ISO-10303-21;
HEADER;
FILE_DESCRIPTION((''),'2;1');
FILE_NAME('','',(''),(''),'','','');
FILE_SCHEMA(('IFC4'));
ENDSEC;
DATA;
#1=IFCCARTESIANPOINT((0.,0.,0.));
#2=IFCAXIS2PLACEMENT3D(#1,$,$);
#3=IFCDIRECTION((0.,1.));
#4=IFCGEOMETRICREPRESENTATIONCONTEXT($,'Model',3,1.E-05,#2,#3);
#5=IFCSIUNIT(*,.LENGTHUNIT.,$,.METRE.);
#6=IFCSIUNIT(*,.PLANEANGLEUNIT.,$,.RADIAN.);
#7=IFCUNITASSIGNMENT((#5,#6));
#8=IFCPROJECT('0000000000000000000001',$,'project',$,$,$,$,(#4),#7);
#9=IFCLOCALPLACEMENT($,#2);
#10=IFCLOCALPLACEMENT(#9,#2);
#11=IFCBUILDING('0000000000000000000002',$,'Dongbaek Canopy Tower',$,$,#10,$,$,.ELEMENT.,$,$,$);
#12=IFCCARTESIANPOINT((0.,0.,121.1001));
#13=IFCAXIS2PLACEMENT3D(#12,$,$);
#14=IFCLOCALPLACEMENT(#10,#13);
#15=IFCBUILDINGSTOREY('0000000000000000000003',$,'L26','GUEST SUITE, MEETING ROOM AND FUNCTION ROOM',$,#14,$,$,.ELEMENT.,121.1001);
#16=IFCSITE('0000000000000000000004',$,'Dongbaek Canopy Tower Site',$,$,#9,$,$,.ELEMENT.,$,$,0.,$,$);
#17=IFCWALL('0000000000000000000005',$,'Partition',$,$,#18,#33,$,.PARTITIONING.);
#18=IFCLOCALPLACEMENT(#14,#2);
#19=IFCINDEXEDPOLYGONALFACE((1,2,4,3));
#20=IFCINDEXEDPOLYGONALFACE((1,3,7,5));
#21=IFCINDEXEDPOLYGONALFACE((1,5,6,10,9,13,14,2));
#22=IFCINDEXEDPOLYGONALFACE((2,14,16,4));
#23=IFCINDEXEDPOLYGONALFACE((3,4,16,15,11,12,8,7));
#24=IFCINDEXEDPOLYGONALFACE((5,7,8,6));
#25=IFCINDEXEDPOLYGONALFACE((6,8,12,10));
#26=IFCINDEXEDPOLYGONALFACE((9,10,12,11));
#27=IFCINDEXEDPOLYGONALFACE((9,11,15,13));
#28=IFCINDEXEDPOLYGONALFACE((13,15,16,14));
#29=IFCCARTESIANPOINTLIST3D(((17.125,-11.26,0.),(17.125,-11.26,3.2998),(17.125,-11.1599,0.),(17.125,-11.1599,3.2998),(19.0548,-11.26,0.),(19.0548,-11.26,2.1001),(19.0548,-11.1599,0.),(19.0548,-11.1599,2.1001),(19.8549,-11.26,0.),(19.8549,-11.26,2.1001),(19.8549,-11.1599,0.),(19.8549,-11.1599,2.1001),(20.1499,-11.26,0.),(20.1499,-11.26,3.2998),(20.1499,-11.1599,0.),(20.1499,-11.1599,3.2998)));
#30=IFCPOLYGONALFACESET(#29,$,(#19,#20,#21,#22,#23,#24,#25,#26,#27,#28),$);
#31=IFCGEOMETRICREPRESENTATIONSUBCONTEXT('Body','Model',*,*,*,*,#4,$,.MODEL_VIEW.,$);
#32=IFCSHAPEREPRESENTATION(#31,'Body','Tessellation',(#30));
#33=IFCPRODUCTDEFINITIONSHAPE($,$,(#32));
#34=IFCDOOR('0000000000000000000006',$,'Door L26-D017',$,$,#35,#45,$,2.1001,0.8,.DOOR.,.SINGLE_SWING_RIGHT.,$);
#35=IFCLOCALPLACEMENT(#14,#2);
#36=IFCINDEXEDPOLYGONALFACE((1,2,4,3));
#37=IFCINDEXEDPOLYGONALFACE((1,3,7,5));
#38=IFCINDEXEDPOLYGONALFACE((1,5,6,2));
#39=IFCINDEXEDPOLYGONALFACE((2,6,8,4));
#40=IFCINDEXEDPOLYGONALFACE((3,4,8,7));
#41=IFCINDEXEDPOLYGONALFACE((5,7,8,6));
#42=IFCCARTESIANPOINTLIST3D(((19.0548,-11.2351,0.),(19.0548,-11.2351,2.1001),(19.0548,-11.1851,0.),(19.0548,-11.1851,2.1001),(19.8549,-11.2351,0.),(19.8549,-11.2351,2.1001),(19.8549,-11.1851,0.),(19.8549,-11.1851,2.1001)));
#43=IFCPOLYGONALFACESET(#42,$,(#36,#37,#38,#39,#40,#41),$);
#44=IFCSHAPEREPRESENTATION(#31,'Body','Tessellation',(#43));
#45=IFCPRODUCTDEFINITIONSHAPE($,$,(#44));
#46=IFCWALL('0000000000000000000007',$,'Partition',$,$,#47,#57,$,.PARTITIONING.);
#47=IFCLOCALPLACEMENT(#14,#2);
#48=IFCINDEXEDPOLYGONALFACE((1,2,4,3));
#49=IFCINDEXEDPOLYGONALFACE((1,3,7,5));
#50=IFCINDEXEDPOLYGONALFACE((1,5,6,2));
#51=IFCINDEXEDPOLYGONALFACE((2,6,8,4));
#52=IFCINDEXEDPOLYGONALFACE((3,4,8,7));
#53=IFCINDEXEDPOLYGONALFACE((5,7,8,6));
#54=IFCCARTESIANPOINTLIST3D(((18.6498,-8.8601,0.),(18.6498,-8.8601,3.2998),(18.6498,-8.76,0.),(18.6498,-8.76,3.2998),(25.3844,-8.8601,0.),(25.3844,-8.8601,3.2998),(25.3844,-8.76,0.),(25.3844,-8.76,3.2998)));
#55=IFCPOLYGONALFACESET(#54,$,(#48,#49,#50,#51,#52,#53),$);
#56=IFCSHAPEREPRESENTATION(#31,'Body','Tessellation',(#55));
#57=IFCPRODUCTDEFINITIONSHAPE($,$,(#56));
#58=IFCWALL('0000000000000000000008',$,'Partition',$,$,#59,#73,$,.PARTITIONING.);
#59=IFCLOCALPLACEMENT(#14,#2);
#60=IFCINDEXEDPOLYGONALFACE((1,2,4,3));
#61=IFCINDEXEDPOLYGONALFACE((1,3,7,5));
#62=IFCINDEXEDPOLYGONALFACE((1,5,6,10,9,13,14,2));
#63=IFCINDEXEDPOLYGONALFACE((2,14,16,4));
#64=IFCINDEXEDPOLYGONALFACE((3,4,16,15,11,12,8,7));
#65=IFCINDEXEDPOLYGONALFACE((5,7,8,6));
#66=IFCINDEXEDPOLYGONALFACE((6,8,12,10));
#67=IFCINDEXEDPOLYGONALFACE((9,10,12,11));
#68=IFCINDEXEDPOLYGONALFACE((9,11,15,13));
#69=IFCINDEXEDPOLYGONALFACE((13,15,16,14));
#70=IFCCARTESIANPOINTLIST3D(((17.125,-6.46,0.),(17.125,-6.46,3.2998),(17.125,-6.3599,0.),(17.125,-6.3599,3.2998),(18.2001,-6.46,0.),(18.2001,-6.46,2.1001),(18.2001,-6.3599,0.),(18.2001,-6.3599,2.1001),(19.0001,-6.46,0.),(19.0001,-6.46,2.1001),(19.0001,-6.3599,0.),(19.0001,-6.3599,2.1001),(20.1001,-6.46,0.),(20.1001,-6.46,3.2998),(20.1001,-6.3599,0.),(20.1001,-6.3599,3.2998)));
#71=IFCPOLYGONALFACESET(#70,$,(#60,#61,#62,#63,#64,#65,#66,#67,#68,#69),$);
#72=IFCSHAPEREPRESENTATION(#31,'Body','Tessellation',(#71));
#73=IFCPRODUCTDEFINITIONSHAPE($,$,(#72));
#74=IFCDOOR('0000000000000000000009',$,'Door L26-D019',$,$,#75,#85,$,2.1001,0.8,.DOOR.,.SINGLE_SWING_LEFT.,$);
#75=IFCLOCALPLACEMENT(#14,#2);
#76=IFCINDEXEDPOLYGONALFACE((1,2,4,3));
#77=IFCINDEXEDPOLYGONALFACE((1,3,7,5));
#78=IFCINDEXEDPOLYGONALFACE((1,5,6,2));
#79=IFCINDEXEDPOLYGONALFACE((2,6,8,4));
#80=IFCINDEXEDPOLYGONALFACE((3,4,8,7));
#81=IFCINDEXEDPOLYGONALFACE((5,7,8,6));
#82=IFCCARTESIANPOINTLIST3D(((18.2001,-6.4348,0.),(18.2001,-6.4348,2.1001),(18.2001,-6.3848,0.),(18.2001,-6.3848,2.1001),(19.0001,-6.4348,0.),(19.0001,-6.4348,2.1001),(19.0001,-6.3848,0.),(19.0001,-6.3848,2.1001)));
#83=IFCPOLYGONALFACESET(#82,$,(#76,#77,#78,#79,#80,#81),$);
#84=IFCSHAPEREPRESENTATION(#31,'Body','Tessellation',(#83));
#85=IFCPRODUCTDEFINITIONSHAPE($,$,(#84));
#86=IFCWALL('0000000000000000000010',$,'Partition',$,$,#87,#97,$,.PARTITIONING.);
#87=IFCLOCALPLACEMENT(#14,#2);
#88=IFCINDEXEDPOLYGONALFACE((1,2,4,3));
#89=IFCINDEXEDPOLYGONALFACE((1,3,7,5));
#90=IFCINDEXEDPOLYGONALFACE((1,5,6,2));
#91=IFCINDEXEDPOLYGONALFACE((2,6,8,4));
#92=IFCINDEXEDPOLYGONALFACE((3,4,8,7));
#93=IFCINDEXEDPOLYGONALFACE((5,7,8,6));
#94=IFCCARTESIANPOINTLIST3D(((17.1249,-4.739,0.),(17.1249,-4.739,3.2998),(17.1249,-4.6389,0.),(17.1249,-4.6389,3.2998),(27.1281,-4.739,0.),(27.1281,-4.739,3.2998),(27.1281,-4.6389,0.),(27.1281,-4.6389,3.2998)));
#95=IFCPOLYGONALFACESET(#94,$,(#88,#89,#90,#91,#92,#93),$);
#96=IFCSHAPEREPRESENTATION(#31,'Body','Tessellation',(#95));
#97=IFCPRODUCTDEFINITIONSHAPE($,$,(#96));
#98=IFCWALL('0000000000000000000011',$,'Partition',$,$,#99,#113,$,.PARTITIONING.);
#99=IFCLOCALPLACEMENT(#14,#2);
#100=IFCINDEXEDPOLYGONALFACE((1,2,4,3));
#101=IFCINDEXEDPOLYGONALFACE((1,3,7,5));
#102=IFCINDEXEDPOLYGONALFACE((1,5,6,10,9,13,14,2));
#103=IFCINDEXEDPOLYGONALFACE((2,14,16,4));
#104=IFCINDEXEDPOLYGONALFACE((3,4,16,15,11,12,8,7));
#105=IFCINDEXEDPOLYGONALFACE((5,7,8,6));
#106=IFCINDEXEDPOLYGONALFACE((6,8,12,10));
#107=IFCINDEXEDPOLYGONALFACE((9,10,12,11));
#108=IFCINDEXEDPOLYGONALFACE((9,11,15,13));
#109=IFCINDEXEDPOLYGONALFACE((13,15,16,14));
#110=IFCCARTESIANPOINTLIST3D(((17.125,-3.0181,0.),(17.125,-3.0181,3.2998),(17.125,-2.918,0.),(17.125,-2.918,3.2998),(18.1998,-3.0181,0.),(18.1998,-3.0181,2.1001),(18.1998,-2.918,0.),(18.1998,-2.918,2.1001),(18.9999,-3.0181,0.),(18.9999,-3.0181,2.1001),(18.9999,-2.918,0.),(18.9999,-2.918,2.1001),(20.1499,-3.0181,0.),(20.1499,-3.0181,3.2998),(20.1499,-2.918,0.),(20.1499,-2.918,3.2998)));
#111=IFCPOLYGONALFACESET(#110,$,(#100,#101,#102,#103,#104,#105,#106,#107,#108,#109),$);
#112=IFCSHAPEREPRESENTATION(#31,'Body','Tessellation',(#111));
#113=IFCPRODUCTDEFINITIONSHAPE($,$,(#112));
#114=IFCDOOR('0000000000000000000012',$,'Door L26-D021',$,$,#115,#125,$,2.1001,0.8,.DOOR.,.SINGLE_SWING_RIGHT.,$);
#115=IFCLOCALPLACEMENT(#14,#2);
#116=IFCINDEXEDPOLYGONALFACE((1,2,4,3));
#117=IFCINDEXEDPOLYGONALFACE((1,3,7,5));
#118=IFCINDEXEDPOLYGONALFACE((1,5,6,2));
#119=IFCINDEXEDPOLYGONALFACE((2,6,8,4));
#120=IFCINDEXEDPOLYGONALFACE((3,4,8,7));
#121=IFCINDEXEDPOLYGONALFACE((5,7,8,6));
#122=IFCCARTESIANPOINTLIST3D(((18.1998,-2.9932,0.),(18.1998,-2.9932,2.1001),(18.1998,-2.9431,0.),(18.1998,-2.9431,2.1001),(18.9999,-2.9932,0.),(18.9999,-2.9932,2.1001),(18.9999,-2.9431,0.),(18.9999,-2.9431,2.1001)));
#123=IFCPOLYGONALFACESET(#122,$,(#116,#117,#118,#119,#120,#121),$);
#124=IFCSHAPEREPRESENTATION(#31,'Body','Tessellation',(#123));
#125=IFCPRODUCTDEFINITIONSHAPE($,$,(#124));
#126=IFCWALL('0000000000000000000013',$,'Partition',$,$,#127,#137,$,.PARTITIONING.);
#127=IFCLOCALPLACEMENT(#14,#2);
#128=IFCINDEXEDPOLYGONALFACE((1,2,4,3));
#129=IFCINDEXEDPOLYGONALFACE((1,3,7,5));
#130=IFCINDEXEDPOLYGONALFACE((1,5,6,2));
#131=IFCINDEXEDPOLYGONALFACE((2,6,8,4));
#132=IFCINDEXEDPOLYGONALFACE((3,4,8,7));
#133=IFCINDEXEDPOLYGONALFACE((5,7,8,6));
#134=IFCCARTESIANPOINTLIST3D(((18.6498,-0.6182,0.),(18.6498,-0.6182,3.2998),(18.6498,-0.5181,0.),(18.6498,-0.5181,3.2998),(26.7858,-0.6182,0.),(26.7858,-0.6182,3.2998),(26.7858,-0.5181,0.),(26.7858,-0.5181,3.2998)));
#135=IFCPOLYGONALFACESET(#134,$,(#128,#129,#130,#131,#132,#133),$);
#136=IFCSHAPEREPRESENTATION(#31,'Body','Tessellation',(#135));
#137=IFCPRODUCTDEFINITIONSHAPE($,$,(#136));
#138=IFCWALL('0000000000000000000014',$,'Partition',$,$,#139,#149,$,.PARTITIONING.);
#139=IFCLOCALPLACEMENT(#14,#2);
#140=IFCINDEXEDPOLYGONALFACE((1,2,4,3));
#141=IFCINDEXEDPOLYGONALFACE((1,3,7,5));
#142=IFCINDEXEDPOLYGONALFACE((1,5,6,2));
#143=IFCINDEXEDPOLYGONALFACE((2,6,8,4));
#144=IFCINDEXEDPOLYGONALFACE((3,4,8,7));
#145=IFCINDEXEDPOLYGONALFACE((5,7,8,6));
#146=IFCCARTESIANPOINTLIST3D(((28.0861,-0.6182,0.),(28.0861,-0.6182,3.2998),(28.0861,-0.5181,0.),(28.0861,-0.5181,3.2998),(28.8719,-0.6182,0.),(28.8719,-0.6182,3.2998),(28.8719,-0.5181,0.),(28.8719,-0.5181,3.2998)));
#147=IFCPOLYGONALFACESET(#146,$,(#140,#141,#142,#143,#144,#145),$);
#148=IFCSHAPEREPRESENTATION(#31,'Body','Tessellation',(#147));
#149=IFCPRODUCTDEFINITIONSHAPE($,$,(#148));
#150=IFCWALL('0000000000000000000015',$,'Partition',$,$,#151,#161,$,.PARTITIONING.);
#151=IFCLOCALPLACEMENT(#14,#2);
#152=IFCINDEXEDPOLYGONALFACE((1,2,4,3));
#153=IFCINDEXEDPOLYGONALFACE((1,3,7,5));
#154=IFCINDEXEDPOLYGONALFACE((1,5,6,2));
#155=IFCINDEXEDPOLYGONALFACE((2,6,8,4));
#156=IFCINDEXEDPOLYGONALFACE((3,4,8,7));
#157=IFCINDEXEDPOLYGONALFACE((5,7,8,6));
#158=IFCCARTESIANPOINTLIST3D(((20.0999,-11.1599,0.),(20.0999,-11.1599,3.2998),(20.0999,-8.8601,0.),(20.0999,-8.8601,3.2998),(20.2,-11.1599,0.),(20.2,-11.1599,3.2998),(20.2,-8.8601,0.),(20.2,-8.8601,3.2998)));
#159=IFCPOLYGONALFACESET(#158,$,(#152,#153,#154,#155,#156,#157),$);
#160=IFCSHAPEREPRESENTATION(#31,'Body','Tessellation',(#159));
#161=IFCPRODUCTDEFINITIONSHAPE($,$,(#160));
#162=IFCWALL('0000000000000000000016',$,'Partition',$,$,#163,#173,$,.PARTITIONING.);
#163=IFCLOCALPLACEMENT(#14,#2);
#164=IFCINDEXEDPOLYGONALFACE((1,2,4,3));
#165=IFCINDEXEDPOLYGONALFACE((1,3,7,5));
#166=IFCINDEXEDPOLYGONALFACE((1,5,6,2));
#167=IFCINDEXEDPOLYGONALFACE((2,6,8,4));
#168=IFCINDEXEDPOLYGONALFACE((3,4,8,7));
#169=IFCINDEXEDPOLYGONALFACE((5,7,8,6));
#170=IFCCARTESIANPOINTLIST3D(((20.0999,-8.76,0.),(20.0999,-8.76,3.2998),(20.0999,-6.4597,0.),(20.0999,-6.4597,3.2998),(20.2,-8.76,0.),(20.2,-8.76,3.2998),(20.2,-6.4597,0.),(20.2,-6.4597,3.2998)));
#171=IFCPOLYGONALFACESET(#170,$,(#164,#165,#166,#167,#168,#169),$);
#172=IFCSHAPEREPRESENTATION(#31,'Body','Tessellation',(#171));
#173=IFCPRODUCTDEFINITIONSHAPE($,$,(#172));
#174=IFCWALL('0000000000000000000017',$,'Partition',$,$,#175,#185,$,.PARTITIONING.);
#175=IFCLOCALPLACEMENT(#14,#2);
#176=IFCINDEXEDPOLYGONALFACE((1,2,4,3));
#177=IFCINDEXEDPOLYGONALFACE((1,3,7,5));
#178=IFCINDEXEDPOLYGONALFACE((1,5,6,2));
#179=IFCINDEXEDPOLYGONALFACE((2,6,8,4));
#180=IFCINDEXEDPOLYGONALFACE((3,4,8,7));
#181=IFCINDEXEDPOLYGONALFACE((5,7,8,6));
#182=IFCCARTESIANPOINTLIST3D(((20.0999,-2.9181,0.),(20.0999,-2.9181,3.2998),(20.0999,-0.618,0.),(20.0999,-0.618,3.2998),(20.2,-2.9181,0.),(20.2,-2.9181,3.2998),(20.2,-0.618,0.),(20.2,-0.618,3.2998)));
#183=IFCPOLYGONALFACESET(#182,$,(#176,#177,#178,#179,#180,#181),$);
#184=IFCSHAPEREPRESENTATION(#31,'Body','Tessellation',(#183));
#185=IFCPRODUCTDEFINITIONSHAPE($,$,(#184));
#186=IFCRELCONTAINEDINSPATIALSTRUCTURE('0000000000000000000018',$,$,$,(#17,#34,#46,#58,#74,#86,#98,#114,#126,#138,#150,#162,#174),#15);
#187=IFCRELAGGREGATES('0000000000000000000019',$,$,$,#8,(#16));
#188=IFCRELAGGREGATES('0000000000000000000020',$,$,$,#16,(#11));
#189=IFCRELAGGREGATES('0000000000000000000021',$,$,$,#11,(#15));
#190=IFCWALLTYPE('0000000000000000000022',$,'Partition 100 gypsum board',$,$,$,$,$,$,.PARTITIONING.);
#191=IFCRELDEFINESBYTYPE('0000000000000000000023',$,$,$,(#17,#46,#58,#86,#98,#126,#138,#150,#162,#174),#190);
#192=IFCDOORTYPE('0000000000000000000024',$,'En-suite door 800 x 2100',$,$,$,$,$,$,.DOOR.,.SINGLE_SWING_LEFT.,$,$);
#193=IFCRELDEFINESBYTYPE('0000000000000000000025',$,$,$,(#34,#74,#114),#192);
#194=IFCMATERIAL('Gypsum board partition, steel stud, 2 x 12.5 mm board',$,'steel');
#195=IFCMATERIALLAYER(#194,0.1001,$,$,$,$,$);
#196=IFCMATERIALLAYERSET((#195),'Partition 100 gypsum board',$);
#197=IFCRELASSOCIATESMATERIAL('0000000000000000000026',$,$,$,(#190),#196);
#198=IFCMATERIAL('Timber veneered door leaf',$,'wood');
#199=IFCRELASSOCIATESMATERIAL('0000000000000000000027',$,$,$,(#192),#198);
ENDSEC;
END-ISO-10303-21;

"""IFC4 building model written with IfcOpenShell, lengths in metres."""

from ifc_helpers import new_model, si_unit, direction, frame, frame_2d, origin, place, context, subcontext, project, spatial, rectangle, extrude, material, layer, layer_set, type_object, element, fill, save


model = new_model("IFC4")

# Units and contexts
model_context = context("Model", 3, precision=1e-05, world=origin(), true_north=direction((0.0, 1.0)))
body_context = subcontext(model_context, "Body", "Model", "MODEL_VIEW")
ifc_project = project(units=[si_unit("LENGTHUNIT", "METRE"), si_unit("PLANEANGLEUNIT", "RADIAN")], contexts=[model_context])

# Site, building, storey
site_placement = place(None, origin())
site = spatial("IfcSite", under=ifc_project, at=site_placement, Name="Dongbaek Canopy Tower Site", CompositionType="ELEMENT", RefElevation=0.0)
building_placement = place(site_placement, origin())
building = spatial("IfcBuilding", under=site, at=building_placement, Name="Dongbaek Canopy Tower", CompositionType="ELEMENT")
storey_placement = place(building_placement, frame((0.0, 0.0, 121.1001)))
storey = spatial("IfcBuildingStorey", under=building, at=storey_placement, Name="L26", Description="GUEST SUITE, MEETING ROOM AND FUNCTION ROOM", CompositionType="ELEMENT", Elevation=121.1001)

# Wall, opening, door
ifc_material_1 = material(Name="Gypsum board partition, steel stud, 2 x 12.5 mm board", Category="steel")
ifc_layer_1 = layer(ifc_material_1, 0.1001)
ifc_layer_set_1 = layer_set([ifc_layer_1], Name="Partition 100 gypsum board")
wall_type = type_object("IfcWallType", Name="Partition 100 gypsum board", PredefinedType="PARTITIONING", material=ifc_layer_set_1)
wall_1_placement = place(storey_placement, frame((17.125, -11.21, 0.0), z_axis=(0.0, 0.0, 1.0), x_axis=(1.0, 0.0, 0.0)))
wall_1 = element("IfcWall", 1, at=wall_1_placement, inside=storey, type_object=wall_type, Name="Partition", PredefinedType="PARTITIONING", context=body_context, shape_type="SweptSolid", body=[
    extrude(rectangle(XDim=3.0249, YDim=0.1001, at=frame_2d((1.5125, 0.0))), origin(), (0.0, 0.0, 1.0), 3.2998),
])
opening_1_placement = place(wall_1_placement, frame((1.9299, 0.0, 0.0)))
opening_1 = element("IfcOpeningElement", 2, at=opening_1_placement, cuts=wall_1, PredefinedType="OPENING", context=body_context, shape_type="SweptSolid", body=[
    extrude(rectangle(XDim=0.8, YDim=2.1001, at=frame_2d((0.3999, 1.05))), frame((0.0, 0.0601, 0.0), z_axis=(0.0, -1.0, 0.0), x_axis=(1.0, 0.0, 0.0)), (0.0, 0.0, 1.0), 0.1201),
])
ifc_material_2 = material(Name="Timber veneered door leaf", Category="wood")
door_type = type_object("IfcDoorType", Name="En-suite door 800 x 2100", OperationType="SINGLE_SWING_LEFT", PredefinedType="DOOR", material=ifc_material_2)
door_1_placement = place(opening_1_placement, origin())
door_1 = element("IfcDoor", 3, at=door_1_placement, inside=storey, type_object=door_type, Name="Door L26-D017", OperationType="SINGLE_SWING_RIGHT", OverallHeight=2.1001, OverallWidth=0.8, PredefinedType="DOOR", context=body_context, shape_type="SweptSolid", body=[
    extrude(rectangle(XDim=0.8, YDim=2.1001, at=frame_2d((0.3999, 1.05))), frame((0.0, 0.0249, 0.0), z_axis=(0.0, -1.0, 0.0), x_axis=(1.0, 0.0, 0.0)), (0.0, 0.0, 1.0), 0.05),
])
fill(opening_1, door_1)

# Wall
wall_2_placement = place(storey_placement, frame((18.6499, -8.8101, 0.0), z_axis=(0.0, 0.0, 1.0), x_axis=(1.0, 0.0, 0.0)))
element("IfcWall", 4, at=wall_2_placement, inside=storey, type_object=wall_type, Name="Partition", PredefinedType="PARTITIONING", context=body_context, shape_type="SweptSolid", body=[
    extrude(rectangle(XDim=6.7346, YDim=0.1001, at=frame_2d((3.3672, 0.0))), origin(), (0.0, 0.0, 1.0), 3.2998),
])

# Wall, opening, door
wall_3_placement = place(storey_placement, frame((20.1001, -6.4099, 0.0), z_axis=(0.0, 0.0, 1.0), x_axis=(-1.0, 0.0, 0.0)))
wall_3 = element("IfcWall", 5, at=wall_3_placement, inside=storey, type_object=wall_type, Name="Partition", PredefinedType="PARTITIONING", context=body_context, shape_type="SweptSolid", body=[
    extrude(rectangle(XDim=2.9751, YDim=0.1001, at=frame_2d((1.4875, 0.0))), origin(), (0.0, 0.0, 1.0), 3.2998),
])
opening_2_placement = place(wall_3_placement, frame((1.1001, 0.0, 0.0)))
opening_2 = element("IfcOpeningElement", 6, at=opening_2_placement, cuts=wall_3, PredefinedType="OPENING", context=body_context, shape_type="SweptSolid", body=[
    extrude(rectangle(XDim=0.8, YDim=2.1001, at=frame_2d((0.3999, 1.05))), frame((0.0, 0.0601, 0.0), z_axis=(0.0, -1.0, 0.0), x_axis=(1.0, 0.0, 0.0)), (0.0, 0.0, 1.0), 0.1201),
])
door_2_placement = place(opening_2_placement, origin())
door_2 = element("IfcDoor", 7, at=door_2_placement, inside=storey, type_object=door_type, Name="Door L26-D019", OperationType="SINGLE_SWING_LEFT", OverallHeight=2.1001, OverallWidth=0.8, PredefinedType="DOOR", context=body_context, shape_type="SweptSolid", body=[
    extrude(rectangle(XDim=0.8, YDim=2.1001, at=frame_2d((0.3999, 1.05))), frame((0.0, 0.0249, 0.0), z_axis=(0.0, -1.0, 0.0), x_axis=(1.0, 0.0, 0.0)), (0.0, 0.0, 1.0), 0.05),
])
fill(opening_2, door_2)

# Wall
wall_4_placement = place(storey_placement, frame((17.125, -4.689, 0.0), z_axis=(0.0, 0.0, 1.0), x_axis=(1.0, 0.0, 0.0)))
element("IfcWall", 8, at=wall_4_placement, inside=storey, type_object=wall_type, Name="Partition", PredefinedType="PARTITIONING", context=body_context, shape_type="SweptSolid", body=[
    extrude(rectangle(XDim=10.0032, YDim=0.1001, at=frame_2d((5.0015, 0.0))), origin(), (0.0, 0.0, 1.0), 3.2998),
])

# Wall, opening, door
wall_5_placement = place(storey_placement, frame((17.125, -2.968, 0.0), z_axis=(0.0, 0.0, 1.0), x_axis=(1.0, 0.0, 0.0)))
wall_5 = element("IfcWall", 9, at=wall_5_placement, inside=storey, type_object=wall_type, Name="Partition", PredefinedType="PARTITIONING", context=body_context, shape_type="SweptSolid", body=[
    extrude(rectangle(XDim=3.0249, YDim=0.1001, at=frame_2d((1.5125, 0.0))), origin(), (0.0, 0.0, 1.0), 3.2998),
])
opening_3_placement = place(wall_5_placement, frame((1.075, 0.0, 0.0)))
opening_3 = element("IfcOpeningElement", 10, at=opening_3_placement, cuts=wall_5, PredefinedType="OPENING", context=body_context, shape_type="SweptSolid", body=[
    extrude(rectangle(XDim=0.8, YDim=2.1001, at=frame_2d((0.3999, 1.05))), frame((0.0, 0.0601, 0.0), z_axis=(0.0, -1.0, 0.0), x_axis=(1.0, 0.0, 0.0)), (0.0, 0.0, 1.0), 0.1201),
])
door_3_placement = place(opening_3_placement, origin())
door_3 = element("IfcDoor", 11, at=door_3_placement, inside=storey, type_object=door_type, Name="Door L26-D021", OperationType="SINGLE_SWING_RIGHT", OverallHeight=2.1001, OverallWidth=0.8, PredefinedType="DOOR", context=body_context, shape_type="SweptSolid", body=[
    extrude(rectangle(XDim=0.8, YDim=2.1001, at=frame_2d((0.3999, 1.05))), frame((0.0, 0.0249, 0.0), z_axis=(0.0, -1.0, 0.0), x_axis=(1.0, 0.0, 0.0)), (0.0, 0.0, 1.0), 0.05),
])
fill(opening_3, door_3)

# Walls
wall_6_placement = place(storey_placement, frame((18.6499, -0.5681, 0.0), z_axis=(0.0, 0.0, 1.0), x_axis=(1.0, 0.0, 0.0)))
element("IfcWall", 12, at=wall_6_placement, inside=storey, type_object=wall_type, Name="Partition", PredefinedType="PARTITIONING", context=body_context, shape_type="SweptSolid", body=[
    extrude(rectangle(XDim=8.136, YDim=0.1001, at=frame_2d((4.0679, 0.0))), origin(), (0.0, 0.0, 1.0), 3.2998),
])
wall_7_placement = place(storey_placement, frame((28.0859, -0.5681, 0.0), z_axis=(0.0, 0.0, 1.0), x_axis=(1.0, 0.0, 0.0)))
element("IfcWall", 13, at=wall_7_placement, inside=storey, type_object=wall_type, Name="Partition", PredefinedType="PARTITIONING", context=body_context, shape_type="SweptSolid", body=[
    extrude(rectangle(XDim=0.7859, YDim=0.1001, at=frame_2d((0.3931, 0.0))), origin(), (0.0, 0.0, 1.0), 3.2998),
])
wall_8_placement = place(storey_placement, frame((20.1499, -11.1599, 0.0), z_axis=(0.0, 0.0, 1.0), x_axis=(0.0, 1.0, 0.0)))
element("IfcWall", 14, at=wall_8_placement, inside=storey, type_object=wall_type, Name="Partition", PredefinedType="PARTITIONING", context=body_context, shape_type="SweptSolid", body=[
    extrude(rectangle(XDim=2.2998, YDim=0.1001, at=frame_2d((1.1499, 0.0))), origin(), (0.0, 0.0, 1.0), 3.2998),
])
wall_9_placement = place(storey_placement, frame((20.1499, -8.76, 0.0), z_axis=(0.0, 0.0, 1.0), x_axis=(0.0, 1.0, 0.0)))
element("IfcWall", 15, at=wall_9_placement, inside=storey, type_object=wall_type, Name="Partition", PredefinedType="PARTITIONING", context=body_context, shape_type="SweptSolid", body=[
    extrude(rectangle(XDim=2.3003, YDim=0.1001, at=frame_2d((1.1501, 0.0))), origin(), (0.0, 0.0, 1.0), 3.2998),
])
wall_10_placement = place(storey_placement, frame((20.1499, -2.918, 0.0), z_axis=(0.0, 0.0, 1.0), x_axis=(0.0, 1.0, 0.0)))
element("IfcWall", 16, at=wall_10_placement, inside=storey, type_object=wall_type, Name="Partition", PredefinedType="PARTITIONING", context=body_context, shape_type="SweptSolid", body=[
    extrude(rectangle(XDim=2.3, YDim=0.1001, at=frame_2d((1.1499, 0.0))), origin(), (0.0, 0.0, 1.0), 3.2998),
])

save(model, "model.ifc")
